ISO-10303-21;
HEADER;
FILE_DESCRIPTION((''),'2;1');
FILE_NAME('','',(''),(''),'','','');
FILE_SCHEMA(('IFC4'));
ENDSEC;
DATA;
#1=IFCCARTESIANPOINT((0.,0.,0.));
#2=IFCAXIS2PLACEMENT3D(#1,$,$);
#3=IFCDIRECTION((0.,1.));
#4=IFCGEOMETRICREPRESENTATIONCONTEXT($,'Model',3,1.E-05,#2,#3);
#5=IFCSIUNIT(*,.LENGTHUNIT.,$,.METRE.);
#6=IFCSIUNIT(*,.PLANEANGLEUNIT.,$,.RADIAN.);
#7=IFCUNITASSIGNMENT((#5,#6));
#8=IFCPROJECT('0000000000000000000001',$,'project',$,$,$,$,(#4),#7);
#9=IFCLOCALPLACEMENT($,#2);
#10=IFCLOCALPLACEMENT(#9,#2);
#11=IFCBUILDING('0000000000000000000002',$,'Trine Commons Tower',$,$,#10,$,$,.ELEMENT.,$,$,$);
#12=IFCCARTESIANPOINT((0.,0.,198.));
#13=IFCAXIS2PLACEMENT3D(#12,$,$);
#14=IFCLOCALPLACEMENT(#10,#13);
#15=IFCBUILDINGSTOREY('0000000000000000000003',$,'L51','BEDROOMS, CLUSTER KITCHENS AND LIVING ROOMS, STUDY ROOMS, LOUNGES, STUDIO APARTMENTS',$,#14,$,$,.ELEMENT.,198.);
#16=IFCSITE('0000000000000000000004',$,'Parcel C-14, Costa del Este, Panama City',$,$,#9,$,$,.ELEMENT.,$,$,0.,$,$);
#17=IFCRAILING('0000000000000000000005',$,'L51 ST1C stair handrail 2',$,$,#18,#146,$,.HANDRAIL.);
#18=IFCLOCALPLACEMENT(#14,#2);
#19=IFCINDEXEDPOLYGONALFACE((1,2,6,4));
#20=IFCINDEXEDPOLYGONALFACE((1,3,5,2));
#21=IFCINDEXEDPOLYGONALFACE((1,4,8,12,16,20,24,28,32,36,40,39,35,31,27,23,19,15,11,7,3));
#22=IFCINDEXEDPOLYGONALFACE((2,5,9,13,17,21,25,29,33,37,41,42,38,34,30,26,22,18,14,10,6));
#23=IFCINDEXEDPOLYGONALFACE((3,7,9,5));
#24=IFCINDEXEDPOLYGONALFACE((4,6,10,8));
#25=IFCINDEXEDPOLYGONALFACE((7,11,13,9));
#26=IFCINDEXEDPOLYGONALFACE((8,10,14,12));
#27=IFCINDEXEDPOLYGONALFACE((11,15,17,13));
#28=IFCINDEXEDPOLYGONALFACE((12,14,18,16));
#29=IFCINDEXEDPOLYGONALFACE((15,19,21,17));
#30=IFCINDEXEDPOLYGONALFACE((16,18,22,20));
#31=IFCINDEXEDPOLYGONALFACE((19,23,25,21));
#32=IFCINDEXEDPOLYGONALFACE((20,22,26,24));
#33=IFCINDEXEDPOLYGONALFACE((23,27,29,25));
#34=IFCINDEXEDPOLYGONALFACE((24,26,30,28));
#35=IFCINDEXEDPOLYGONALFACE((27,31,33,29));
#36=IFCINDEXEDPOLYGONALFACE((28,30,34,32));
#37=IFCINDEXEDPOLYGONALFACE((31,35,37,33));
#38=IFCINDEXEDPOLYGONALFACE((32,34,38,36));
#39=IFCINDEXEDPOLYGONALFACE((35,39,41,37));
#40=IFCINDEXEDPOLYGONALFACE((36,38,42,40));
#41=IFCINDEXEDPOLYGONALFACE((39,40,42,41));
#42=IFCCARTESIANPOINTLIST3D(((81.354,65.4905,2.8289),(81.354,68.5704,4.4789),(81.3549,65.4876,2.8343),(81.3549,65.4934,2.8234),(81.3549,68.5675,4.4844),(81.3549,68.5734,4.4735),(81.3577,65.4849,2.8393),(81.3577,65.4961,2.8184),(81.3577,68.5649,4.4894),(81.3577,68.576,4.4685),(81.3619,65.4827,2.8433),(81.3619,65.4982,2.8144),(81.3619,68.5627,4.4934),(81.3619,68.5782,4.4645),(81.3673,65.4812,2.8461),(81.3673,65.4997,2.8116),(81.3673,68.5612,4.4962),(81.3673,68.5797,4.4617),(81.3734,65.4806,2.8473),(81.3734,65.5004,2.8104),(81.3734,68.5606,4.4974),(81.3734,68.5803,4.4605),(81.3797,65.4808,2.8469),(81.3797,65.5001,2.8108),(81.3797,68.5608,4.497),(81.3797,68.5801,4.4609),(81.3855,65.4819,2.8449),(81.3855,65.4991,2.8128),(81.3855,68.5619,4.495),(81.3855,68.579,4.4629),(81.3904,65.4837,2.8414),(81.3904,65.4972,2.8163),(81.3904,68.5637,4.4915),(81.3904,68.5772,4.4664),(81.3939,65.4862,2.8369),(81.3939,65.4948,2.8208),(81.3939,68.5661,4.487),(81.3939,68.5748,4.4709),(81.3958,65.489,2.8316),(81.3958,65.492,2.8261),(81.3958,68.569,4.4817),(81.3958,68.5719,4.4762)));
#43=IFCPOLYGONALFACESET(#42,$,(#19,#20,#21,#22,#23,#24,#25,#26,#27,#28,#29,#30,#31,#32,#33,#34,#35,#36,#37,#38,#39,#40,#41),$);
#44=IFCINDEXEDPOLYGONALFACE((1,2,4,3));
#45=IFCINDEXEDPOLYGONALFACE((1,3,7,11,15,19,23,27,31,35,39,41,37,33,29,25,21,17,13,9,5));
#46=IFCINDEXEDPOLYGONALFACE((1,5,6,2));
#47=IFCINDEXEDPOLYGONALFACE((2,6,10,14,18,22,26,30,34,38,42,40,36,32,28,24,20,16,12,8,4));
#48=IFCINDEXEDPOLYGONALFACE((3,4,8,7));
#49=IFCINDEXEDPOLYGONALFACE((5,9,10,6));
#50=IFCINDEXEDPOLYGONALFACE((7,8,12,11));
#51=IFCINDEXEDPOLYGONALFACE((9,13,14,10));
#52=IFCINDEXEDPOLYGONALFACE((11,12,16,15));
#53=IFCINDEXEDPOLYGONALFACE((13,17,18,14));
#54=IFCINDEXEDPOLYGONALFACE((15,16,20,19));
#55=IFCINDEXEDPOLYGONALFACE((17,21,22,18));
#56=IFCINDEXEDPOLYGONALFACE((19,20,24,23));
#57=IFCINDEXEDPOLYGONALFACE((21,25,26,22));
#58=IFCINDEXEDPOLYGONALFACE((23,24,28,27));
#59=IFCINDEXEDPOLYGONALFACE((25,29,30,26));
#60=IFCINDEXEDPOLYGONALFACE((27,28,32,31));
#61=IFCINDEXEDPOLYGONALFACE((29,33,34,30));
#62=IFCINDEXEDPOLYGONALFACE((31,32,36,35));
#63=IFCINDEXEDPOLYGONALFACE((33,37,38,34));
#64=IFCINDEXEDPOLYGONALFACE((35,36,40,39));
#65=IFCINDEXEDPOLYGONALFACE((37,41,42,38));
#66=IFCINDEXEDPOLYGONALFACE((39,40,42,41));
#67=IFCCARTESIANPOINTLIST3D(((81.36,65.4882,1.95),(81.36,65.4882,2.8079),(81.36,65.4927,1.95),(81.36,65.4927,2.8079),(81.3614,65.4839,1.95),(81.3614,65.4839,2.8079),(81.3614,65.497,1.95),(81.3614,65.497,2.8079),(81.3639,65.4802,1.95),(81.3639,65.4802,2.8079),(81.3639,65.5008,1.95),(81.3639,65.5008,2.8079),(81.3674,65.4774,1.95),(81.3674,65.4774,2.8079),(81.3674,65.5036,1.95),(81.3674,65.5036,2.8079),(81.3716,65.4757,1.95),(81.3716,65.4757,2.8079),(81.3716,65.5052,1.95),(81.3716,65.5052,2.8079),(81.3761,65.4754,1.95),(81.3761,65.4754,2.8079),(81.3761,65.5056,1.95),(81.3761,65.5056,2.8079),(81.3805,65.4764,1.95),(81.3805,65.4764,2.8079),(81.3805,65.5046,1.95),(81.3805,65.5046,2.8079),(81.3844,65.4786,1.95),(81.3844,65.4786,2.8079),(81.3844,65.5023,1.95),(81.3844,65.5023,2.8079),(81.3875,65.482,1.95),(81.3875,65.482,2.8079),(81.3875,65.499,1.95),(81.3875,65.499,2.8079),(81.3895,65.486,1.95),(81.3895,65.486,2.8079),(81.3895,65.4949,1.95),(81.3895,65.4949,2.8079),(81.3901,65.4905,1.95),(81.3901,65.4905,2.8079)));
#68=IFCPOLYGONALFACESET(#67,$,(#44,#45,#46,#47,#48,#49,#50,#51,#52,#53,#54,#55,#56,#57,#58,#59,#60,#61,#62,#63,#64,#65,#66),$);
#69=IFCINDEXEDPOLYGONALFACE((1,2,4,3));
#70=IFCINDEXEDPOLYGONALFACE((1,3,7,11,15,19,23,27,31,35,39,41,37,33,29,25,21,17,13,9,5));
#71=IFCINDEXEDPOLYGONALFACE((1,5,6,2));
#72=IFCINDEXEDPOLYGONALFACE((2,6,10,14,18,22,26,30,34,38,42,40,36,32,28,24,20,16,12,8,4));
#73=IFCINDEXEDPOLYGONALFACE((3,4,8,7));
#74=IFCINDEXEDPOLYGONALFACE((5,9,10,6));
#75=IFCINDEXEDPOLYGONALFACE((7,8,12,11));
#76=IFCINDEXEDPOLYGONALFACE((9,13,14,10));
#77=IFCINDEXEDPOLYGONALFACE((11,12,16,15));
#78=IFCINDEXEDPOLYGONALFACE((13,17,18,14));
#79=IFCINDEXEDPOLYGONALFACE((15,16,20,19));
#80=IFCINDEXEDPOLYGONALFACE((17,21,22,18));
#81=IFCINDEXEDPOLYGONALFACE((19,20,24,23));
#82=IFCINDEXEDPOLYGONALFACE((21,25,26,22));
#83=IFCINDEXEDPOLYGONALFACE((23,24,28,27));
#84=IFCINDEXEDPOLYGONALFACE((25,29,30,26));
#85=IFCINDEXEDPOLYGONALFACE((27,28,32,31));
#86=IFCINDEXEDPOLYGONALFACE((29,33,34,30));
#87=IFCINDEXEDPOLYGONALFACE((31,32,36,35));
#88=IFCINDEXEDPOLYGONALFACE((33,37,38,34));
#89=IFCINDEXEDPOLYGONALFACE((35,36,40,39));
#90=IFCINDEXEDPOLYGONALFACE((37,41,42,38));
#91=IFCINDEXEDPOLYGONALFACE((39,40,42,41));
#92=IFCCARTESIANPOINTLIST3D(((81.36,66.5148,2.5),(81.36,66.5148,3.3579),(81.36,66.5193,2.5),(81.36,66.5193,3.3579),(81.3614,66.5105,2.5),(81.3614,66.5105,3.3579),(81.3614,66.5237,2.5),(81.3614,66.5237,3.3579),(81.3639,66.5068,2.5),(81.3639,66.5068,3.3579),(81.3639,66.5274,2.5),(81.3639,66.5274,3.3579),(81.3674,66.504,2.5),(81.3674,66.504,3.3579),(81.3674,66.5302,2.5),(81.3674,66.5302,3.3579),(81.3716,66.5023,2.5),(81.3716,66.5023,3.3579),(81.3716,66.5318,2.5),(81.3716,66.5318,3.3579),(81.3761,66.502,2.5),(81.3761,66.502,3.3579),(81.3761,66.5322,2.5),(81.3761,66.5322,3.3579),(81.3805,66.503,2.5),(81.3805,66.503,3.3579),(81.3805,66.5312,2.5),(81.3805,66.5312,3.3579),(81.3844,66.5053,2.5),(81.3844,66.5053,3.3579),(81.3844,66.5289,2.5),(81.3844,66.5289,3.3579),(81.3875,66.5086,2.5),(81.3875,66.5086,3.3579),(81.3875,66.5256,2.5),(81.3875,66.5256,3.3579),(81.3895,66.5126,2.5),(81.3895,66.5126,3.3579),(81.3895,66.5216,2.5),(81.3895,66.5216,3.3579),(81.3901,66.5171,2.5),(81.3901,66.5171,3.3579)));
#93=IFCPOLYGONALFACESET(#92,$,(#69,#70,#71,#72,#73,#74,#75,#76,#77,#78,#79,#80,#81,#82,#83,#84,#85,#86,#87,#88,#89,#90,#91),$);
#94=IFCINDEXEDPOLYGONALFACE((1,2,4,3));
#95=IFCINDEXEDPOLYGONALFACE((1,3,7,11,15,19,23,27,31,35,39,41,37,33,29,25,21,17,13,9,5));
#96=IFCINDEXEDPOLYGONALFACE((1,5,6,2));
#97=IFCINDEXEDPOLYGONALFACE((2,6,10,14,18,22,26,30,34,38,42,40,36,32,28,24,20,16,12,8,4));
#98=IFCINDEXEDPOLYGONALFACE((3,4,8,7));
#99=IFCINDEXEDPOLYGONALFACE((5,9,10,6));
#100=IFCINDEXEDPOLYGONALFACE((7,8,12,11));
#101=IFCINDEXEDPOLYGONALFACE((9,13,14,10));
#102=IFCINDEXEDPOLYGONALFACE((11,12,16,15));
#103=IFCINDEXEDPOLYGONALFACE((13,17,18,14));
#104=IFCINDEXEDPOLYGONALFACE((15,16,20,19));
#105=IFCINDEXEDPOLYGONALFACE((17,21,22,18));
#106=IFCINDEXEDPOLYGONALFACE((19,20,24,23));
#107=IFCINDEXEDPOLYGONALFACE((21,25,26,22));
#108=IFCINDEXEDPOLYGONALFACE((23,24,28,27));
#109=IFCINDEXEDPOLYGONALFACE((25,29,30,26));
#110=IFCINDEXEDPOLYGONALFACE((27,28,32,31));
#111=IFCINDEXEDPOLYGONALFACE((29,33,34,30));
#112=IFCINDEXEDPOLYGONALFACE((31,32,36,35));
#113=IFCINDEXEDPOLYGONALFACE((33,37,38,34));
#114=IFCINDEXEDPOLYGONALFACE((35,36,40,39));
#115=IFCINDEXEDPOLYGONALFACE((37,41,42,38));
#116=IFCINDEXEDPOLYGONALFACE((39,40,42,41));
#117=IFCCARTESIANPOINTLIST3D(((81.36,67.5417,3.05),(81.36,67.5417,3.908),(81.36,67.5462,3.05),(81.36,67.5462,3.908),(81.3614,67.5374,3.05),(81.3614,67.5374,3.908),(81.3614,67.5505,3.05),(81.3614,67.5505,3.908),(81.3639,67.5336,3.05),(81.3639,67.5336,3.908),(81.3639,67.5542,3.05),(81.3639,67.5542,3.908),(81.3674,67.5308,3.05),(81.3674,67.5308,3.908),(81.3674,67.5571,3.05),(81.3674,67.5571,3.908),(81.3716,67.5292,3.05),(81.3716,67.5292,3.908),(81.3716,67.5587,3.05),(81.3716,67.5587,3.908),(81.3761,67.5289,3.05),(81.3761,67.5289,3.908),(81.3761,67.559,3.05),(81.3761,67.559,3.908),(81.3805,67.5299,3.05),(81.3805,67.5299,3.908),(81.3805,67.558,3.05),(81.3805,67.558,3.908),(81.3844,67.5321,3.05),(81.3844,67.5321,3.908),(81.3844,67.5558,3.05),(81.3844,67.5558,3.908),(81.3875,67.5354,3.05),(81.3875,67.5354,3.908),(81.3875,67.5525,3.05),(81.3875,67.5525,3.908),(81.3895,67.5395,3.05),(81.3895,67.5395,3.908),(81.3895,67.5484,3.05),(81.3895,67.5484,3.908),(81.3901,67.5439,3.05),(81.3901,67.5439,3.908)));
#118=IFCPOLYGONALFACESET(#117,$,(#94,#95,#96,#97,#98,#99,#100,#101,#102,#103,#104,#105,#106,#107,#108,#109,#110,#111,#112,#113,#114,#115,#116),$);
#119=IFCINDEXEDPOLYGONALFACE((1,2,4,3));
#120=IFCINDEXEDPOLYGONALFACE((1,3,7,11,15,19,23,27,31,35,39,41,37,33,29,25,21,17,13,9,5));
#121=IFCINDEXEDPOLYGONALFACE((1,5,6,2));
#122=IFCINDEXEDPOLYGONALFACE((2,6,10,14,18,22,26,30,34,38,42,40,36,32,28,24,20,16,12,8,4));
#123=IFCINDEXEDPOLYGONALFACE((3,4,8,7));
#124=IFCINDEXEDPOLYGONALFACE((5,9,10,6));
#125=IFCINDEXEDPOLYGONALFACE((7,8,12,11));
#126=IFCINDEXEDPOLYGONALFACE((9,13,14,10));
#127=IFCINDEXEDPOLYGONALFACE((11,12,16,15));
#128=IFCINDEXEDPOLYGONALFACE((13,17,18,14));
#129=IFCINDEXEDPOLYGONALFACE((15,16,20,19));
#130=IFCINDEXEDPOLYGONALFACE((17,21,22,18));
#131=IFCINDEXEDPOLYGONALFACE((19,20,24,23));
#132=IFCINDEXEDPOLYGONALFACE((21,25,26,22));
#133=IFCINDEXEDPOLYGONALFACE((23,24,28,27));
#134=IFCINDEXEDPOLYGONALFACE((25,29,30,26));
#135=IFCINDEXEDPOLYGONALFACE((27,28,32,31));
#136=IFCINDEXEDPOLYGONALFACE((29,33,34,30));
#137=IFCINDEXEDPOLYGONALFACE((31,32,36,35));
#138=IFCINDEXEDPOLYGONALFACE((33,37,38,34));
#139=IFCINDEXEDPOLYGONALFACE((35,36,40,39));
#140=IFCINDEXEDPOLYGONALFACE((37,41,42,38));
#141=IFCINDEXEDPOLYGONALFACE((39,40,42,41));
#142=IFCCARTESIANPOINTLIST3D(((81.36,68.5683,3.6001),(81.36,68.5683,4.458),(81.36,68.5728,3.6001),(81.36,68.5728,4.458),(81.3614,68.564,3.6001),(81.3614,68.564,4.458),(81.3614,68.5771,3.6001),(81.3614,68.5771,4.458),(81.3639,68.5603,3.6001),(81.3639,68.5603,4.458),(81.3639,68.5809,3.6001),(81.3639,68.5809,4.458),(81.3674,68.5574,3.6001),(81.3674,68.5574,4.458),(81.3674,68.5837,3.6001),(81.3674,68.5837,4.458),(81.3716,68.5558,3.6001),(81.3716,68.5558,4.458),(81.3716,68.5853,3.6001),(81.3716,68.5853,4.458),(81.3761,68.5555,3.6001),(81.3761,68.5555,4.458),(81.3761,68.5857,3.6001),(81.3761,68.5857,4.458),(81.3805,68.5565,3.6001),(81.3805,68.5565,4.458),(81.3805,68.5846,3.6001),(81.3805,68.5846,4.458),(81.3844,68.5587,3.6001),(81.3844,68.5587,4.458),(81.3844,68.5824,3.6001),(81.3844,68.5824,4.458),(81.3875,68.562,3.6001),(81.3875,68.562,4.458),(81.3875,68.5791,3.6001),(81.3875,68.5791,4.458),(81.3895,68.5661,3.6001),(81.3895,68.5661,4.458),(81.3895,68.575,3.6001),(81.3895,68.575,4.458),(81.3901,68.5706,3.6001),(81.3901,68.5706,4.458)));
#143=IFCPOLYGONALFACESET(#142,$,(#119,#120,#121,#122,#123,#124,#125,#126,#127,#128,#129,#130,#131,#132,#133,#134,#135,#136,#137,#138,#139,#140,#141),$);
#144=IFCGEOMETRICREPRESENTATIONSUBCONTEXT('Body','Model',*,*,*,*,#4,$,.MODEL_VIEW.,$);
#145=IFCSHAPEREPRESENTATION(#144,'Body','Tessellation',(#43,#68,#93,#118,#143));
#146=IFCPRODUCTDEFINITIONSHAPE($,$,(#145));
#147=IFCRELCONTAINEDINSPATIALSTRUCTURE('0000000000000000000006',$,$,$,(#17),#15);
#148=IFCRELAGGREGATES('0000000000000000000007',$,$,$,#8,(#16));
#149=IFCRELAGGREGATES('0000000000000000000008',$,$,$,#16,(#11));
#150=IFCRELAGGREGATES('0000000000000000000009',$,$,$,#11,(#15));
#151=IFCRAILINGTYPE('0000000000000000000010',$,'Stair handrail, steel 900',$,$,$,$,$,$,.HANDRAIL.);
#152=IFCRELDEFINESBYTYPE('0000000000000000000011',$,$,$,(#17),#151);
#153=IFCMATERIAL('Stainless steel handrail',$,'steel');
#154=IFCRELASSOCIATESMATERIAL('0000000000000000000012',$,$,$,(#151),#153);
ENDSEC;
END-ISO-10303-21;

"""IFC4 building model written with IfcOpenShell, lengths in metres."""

from ifc_helpers import new_model, si_unit, direction, frame, origin, origin_2d, place, context, subcontext, project, spatial, circle, extrude, material, type_object, element, save


model = new_model("IFC4")

# Units and contexts
model_context = context("Model", 3, precision=1e-05, world=origin(), true_north=direction((0.0, 1.0)))
body_context = subcontext(model_context, "Body", "Model", "MODEL_VIEW")
ifc_project = project(units=[si_unit("LENGTHUNIT", "METRE"), si_unit("PLANEANGLEUNIT", "RADIAN")], contexts=[model_context])

# Site, building, storey
site_placement = place(None, origin())
site = spatial("IfcSite", under=ifc_project, at=site_placement, Name="Parcel C-14, Costa del Este, Panama City", CompositionType="ELEMENT", RefElevation=0.0)
building_placement = place(site_placement, origin())
building = spatial("IfcBuilding", under=site, at=building_placement, Name="Trine Commons Tower", CompositionType="ELEMENT")
storey_placement = place(building_placement, frame((0.0, 0.0, 198.0)))
storey = spatial("IfcBuildingStorey", under=building, at=storey_placement, Name="L51", Description="BEDROOMS, CLUSTER KITCHENS AND LIVING ROOMS, STUDY ROOMS, LOUNGES, STUDIO APARTMENTS", CompositionType="ELEMENT", Elevation=198.0)

# Railing
ifc_material_1 = material(Name="Stainless steel handrail", Category="steel")
railing_type_1 = type_object("IfcRailingType", Name="Stair handrail, steel 900", PredefinedType="HANDRAIL", material=ifc_material_1)
railing_1_placement = place(storey_placement, frame((81.375, 65.4905, 1.95)))
element("IfcRailing", 1, at=railing_1_placement, inside=storey, type_object=railing_type_1, Name="L51 ST1C stair handrail 2", PredefinedType="HANDRAIL", context=body_context, shape_type="SweptSolid", body=[
    extrude(circle(Radius=0.021, at=origin_2d()), frame((0.0, 0.0, 0.8789), z_axis=(0.0, 0.881468, 0.472245), x_axis=(-1.0, 0.0, 0.0)), (0.0, 0.0, 1.0), 3.4941),
    extrude(circle(Radius=0.0151, at=origin_2d()), origin(), (0.0, 0.0, 1.0), 0.8579),
    extrude(circle(Radius=0.0151, at=origin_2d()), frame((0.0, 1.0266, 0.55)), (0.0, 0.0, 1.0), 0.8579),
    extrude(circle(Radius=0.0151, at=origin_2d()), frame((0.0, 2.0535, 1.1001)), (0.0, 0.0, 1.0), 0.8579),
    extrude(circle(Radius=0.0151, at=origin_2d()), frame((0.0, 3.0801, 1.6501)), (0.0, 0.0, 1.0), 0.8579),
])

save(model, "model.ifc")
